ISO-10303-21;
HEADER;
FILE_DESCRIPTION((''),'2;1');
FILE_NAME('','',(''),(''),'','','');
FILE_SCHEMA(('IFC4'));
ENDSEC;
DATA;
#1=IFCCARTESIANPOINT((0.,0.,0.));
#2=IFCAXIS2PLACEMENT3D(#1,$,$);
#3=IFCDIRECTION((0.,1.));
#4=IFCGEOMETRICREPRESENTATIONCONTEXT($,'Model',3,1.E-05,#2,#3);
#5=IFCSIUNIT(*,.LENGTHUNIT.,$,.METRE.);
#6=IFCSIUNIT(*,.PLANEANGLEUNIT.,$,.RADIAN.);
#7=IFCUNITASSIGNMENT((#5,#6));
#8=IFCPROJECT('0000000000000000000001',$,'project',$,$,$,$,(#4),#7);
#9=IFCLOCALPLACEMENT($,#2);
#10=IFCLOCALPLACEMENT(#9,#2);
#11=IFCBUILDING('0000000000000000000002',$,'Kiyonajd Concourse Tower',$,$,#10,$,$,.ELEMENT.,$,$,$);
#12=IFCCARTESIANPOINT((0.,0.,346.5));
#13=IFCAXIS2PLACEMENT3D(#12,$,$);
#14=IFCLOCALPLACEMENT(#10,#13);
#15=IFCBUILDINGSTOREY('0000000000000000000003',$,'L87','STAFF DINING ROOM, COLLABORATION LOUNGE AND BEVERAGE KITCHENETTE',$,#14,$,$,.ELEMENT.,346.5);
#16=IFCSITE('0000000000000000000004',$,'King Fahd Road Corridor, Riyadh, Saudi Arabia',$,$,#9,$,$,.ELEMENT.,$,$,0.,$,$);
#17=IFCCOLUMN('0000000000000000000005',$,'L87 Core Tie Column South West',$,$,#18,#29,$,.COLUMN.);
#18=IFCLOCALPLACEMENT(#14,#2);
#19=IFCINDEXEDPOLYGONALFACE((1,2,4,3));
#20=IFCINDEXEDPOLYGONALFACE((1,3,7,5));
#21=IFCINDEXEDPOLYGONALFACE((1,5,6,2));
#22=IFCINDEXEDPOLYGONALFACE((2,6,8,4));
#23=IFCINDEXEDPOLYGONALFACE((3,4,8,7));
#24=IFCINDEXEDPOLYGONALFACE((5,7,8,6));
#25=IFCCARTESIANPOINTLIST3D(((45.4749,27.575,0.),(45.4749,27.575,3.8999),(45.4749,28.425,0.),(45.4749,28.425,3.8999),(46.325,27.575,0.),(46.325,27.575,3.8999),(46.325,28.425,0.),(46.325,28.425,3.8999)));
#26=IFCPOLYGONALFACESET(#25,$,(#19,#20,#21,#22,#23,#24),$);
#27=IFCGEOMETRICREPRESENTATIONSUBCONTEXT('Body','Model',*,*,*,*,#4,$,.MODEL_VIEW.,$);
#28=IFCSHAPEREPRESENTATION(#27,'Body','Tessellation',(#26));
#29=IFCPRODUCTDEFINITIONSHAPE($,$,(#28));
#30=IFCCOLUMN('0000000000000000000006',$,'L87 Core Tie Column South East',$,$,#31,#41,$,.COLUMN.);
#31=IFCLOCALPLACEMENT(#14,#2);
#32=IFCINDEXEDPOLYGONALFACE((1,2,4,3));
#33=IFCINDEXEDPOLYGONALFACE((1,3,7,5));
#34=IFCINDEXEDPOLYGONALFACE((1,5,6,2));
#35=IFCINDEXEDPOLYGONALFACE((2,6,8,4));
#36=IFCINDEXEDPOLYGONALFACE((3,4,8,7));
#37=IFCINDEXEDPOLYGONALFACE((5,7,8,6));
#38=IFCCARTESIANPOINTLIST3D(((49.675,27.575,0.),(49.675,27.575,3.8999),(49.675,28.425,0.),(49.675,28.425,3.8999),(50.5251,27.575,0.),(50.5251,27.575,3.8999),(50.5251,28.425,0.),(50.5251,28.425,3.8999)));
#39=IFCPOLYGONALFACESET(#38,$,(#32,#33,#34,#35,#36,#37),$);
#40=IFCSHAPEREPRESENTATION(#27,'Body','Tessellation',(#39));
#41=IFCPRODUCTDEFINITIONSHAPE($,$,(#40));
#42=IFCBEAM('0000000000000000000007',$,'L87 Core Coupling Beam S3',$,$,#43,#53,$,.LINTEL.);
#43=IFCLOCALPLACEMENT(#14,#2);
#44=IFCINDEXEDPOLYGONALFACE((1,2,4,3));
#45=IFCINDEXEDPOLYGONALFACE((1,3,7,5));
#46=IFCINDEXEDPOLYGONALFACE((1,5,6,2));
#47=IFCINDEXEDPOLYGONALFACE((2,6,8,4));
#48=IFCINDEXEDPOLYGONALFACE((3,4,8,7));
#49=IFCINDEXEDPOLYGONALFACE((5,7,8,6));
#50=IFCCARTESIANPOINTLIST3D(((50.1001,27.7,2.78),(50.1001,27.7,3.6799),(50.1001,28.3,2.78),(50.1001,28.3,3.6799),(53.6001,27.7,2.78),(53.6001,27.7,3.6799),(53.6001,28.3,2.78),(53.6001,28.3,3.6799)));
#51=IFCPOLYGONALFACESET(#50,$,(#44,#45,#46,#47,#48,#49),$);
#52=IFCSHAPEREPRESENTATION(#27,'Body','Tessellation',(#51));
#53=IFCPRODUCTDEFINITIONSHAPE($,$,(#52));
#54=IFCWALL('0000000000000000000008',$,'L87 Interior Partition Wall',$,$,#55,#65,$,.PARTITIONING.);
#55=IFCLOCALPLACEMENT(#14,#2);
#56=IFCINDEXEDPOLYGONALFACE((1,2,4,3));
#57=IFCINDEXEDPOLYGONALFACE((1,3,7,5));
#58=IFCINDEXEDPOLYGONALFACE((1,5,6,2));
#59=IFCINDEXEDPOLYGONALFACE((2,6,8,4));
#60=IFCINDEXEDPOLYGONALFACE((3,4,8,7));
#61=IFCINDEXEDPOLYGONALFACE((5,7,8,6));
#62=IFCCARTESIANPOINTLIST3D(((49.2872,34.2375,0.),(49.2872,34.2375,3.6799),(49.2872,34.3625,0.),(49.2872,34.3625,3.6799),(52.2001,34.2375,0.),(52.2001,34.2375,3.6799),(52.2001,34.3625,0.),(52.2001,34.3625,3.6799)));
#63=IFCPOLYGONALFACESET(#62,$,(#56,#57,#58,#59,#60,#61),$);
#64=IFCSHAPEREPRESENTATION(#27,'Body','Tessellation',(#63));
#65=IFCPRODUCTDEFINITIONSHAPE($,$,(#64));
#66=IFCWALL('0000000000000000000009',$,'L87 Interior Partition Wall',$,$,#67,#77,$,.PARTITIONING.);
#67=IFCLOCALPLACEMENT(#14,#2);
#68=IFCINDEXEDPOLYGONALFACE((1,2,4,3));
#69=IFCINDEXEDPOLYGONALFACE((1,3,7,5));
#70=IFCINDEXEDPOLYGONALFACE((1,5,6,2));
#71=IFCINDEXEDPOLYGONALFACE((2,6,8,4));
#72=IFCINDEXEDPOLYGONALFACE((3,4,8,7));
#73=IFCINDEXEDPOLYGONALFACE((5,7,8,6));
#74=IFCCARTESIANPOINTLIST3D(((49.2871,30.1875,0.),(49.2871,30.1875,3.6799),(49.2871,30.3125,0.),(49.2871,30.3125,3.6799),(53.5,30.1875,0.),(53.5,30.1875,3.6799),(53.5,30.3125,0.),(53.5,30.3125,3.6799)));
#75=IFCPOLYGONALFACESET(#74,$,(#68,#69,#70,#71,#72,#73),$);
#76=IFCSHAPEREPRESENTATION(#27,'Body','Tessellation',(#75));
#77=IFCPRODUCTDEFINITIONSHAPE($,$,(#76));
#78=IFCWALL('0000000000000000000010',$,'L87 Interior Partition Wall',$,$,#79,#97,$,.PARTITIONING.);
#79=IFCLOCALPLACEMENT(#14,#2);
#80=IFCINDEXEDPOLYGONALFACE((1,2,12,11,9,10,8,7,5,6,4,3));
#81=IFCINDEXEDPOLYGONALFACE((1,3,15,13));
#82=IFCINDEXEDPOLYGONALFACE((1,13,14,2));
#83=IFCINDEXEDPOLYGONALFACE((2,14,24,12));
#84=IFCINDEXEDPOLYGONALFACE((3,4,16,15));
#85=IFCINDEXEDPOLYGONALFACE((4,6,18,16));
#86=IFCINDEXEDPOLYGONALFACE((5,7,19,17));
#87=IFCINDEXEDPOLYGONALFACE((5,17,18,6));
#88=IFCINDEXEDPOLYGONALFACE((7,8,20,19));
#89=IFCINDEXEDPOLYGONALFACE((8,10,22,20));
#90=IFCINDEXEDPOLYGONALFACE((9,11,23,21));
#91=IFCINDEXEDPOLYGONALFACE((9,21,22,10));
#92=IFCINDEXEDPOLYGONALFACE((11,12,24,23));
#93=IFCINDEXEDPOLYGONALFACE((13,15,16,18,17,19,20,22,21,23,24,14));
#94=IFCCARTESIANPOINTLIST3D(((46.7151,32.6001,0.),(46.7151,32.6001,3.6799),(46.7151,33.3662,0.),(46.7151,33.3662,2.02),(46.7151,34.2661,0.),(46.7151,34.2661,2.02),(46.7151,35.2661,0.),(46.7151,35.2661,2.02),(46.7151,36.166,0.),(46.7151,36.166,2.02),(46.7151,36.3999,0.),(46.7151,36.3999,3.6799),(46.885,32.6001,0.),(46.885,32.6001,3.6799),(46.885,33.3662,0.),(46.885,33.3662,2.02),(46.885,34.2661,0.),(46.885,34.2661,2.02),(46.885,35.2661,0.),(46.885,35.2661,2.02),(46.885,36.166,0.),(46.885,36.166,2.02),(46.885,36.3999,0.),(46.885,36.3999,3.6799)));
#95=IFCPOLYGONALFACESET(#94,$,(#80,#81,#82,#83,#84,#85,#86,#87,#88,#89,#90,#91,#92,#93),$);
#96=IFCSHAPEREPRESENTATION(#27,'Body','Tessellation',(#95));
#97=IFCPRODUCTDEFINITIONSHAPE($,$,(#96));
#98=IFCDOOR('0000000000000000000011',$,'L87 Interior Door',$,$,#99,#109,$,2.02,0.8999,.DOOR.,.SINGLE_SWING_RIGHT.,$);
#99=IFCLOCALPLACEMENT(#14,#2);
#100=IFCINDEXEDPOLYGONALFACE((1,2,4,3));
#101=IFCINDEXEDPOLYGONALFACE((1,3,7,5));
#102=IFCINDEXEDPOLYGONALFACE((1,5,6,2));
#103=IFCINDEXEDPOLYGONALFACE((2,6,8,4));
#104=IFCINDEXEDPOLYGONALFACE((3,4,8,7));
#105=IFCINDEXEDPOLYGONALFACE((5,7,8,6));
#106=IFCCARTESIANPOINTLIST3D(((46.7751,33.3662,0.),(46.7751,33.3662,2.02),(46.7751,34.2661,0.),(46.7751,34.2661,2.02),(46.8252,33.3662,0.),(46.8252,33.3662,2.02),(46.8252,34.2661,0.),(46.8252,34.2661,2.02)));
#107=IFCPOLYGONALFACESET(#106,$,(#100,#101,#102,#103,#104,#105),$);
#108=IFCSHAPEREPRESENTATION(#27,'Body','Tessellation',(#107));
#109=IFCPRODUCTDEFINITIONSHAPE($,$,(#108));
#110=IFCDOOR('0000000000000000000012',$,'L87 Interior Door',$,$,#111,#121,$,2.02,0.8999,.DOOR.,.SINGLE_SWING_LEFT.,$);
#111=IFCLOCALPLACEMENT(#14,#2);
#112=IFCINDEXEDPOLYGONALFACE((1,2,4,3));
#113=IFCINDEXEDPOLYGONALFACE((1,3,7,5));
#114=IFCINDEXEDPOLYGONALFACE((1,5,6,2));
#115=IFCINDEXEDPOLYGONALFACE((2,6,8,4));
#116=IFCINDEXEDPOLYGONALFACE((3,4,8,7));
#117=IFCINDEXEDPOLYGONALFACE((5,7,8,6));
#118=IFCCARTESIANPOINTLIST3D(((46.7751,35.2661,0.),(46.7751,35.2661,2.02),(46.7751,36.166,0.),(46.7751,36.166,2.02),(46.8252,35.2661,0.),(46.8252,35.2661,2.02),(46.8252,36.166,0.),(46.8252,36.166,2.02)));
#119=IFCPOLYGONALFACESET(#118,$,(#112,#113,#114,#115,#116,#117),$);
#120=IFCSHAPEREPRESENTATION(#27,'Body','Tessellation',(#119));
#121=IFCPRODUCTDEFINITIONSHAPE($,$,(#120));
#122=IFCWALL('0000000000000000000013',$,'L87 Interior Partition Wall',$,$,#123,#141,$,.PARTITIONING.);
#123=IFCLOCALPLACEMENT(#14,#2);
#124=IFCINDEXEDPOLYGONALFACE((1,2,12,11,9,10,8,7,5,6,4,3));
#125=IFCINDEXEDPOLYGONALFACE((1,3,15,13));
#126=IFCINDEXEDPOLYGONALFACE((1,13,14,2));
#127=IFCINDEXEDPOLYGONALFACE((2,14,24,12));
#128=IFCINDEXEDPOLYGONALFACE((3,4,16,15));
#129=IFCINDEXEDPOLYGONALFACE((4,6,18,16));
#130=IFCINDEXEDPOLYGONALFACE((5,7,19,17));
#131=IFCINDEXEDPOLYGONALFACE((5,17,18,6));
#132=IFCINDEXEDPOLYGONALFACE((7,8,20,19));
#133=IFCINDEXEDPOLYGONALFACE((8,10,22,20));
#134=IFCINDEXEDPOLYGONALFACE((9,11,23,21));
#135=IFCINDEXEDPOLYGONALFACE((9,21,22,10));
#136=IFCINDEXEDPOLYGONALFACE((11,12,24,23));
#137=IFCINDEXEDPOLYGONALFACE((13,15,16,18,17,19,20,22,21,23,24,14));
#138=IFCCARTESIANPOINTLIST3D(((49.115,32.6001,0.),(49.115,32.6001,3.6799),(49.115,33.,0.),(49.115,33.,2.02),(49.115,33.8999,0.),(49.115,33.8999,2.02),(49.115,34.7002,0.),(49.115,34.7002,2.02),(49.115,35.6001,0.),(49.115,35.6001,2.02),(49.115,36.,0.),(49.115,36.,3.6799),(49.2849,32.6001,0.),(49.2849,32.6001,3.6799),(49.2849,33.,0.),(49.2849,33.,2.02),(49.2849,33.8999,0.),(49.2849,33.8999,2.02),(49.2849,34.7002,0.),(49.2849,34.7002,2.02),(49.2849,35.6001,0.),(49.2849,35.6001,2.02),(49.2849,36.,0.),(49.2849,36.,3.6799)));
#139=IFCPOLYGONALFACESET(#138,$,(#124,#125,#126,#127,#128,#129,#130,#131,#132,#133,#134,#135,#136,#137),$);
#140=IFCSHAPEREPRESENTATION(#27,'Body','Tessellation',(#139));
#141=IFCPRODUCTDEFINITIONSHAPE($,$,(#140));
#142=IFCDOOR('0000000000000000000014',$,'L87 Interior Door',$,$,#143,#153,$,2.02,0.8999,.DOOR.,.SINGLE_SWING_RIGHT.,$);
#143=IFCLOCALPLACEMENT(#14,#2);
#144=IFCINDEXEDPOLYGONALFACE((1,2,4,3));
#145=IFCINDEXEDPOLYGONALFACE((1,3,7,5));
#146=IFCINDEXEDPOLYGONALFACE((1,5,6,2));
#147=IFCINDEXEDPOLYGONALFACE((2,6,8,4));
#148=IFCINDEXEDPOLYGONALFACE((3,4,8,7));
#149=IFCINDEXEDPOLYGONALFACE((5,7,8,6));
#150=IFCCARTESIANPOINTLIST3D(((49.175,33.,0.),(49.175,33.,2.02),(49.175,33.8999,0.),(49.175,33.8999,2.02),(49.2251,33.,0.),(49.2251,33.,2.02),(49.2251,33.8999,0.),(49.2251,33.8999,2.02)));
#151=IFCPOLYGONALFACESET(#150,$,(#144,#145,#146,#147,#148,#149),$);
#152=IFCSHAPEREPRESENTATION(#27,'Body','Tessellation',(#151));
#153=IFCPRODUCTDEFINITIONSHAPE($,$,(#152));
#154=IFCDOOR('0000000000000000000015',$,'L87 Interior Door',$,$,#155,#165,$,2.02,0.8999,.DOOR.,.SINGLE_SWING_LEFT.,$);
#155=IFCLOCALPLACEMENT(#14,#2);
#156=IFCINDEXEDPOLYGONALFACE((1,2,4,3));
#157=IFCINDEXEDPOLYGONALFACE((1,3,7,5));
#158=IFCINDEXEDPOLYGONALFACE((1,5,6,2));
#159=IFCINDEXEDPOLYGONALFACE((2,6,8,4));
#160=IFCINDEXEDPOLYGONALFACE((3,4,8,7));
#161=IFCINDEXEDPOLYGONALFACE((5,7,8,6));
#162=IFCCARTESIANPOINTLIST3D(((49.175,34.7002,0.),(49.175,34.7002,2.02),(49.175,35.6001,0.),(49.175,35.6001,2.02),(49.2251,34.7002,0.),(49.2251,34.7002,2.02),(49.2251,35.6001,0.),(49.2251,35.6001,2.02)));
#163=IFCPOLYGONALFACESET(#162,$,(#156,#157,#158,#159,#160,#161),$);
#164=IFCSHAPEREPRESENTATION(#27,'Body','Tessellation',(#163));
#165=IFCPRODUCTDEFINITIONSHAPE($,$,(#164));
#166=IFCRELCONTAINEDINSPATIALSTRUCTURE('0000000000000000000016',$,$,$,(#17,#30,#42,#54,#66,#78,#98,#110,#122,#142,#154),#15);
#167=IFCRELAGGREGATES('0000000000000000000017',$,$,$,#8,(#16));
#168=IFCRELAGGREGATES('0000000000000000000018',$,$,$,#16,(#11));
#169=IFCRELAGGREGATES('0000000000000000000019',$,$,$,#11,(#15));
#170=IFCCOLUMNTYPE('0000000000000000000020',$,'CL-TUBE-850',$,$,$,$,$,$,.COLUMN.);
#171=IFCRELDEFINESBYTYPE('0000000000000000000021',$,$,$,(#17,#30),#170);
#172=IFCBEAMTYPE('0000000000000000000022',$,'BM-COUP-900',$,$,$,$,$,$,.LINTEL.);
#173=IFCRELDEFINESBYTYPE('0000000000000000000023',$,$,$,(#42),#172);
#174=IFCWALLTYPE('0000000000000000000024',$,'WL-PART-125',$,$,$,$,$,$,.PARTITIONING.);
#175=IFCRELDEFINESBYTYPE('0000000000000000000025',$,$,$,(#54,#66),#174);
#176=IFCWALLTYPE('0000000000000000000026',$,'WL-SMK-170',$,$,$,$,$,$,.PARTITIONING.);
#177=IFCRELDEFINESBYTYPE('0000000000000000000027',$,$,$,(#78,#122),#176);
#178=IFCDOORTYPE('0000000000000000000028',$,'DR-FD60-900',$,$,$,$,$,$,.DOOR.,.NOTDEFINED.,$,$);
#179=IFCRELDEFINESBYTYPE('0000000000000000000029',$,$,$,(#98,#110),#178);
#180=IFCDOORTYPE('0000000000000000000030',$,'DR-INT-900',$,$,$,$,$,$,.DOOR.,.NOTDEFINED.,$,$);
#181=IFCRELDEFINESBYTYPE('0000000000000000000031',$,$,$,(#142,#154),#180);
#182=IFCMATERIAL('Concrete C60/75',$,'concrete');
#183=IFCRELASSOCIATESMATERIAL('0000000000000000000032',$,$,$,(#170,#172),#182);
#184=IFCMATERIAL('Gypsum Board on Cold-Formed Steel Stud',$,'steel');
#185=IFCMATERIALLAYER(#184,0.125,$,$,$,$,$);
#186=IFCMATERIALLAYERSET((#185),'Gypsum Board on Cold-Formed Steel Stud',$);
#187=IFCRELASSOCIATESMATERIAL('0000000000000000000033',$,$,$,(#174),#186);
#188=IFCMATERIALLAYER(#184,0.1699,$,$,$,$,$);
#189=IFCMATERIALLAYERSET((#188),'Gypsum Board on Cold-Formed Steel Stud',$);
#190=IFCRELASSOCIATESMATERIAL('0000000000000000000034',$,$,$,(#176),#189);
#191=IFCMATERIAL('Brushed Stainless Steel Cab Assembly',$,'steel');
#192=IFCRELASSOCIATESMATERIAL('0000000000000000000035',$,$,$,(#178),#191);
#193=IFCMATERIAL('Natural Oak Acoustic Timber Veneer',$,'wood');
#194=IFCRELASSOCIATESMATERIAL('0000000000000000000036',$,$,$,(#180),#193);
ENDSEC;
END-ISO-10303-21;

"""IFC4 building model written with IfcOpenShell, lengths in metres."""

from ifc_helpers import new_model, si_unit, direction, frame, frame_2d, origin, origin_2d, place, context, subcontext, project, spatial, rectangle, extrude, material, layer, layer_set, material_profile, profile_set, type_object, element, fill, save


model = new_model("IFC4")

# Units and contexts
model_context = context("Model", 3, precision=1e-05, world=origin(), true_north=direction((0.0, 1.0)))
body_context = subcontext(model_context, "Body", "Model", "MODEL_VIEW")
ifc_project = project(units=[si_unit("LENGTHUNIT", "METRE"), si_unit("PLANEANGLEUNIT", "RADIAN")], contexts=[model_context])

# Site, building, storey
site_placement = place(None, origin())
site = spatial("IfcSite", under=ifc_project, at=site_placement, Name="King Fahd Road Corridor, Riyadh, Saudi Arabia", CompositionType="ELEMENT", RefElevation=0.0)
building_placement = place(site_placement, origin())
building = spatial("IfcBuilding", under=site, at=building_placement, Name="Kiyonajd Concourse Tower", CompositionType="ELEMENT")
storey_placement = place(building_placement, frame((0.0, 0.0, 346.5)))
storey = spatial("IfcBuildingStorey", under=building, at=storey_placement, Name="L87", Description="STAFF DINING ROOM, COLLABORATION LOUNGE AND BEVERAGE KITCHENETTE", CompositionType="ELEMENT", Elevation=346.5)

# Columns
ifc_material_1 = material(Name="Concrete C60/75", Category="concrete")
ifc_material_profile_1 = material_profile(ifc_material_1, rectangle(XDim=0.8501, YDim=0.8501, at=origin_2d()), Name="RC-850x850")
ifc_profile_set_1 = profile_set([ifc_material_profile_1], Name="Concrete C60/75")
column_type = type_object("IfcColumnType", Name="CL-TUBE-850", PredefinedType="COLUMN", material=ifc_profile_set_1)
for number, where, z_axis, x_axis, name in (
    (1, (45.8999, 28.0, 0.0), (0.0, 0.0, 1.0), (1.0, 0.0, 0.0), "L87 Core Tie Column South West"),
    (2, (50.1001, 28.0, 0.0), (0.0, 0.0, 1.0), (1.0, 0.0, 0.0), "L87 Core Tie Column South East"),
):
    element("IfcColumn", number, at=place(storey_placement, frame(where, z_axis=z_axis, x_axis=x_axis)), inside=storey, type_object=column_type, Name=name, PredefinedType="COLUMN", context=body_context, shape_type="SweptSolid", body=[
        extrude(rectangle(XDim=0.8501, YDim=0.8501, at=origin_2d()), origin(), (0.0, 0.0, 1.0), 3.8999),
    ])

# Beam
ifc_material_profile_2 = material_profile(ifc_material_1, rectangle(XDim=0.6001, YDim=0.8999, at=origin_2d()), Name="RCBM-600x900")
ifc_profile_set_2 = profile_set([ifc_material_profile_2], Name="Concrete C60/75")
beam_type = type_object("IfcBeamType", Name="BM-COUP-900", PredefinedType="LINTEL", material=ifc_profile_set_2)
beam_placement = place(storey_placement, frame((50.1001, 28.0, 3.23), z_axis=(1.0, 0.0, 0.0), x_axis=(0.0, 1.0, 0.0)))
element("IfcBeam", 3, at=beam_placement, inside=storey, type_object=beam_type, Name="L87 Core Coupling Beam S3", PredefinedType="LINTEL", context=body_context, shape_type="SweptSolid", body=[
    extrude(rectangle(XDim=0.6001, YDim=0.8999, at=origin_2d()), origin(), (0.0, 0.0, 1.0), 3.5),
])

# Walls
ifc_material_2 = material(Name="Gypsum Board on Cold-Formed Steel Stud", Category="steel")
ifc_layer_1 = layer(ifc_material_2, 0.125)
ifc_layer_set_1 = layer_set([ifc_layer_1], Name="Gypsum Board on Cold-Formed Steel Stud")
wall_type_1 = type_object("IfcWallType", Name="WL-PART-125", PredefinedType="PARTITIONING", material=ifc_layer_set_1)
wall_1_placement = place(storey_placement, frame((49.2871, 34.3, 0.0), z_axis=(0.0, 0.0, 1.0), x_axis=(1.0, 0.0, 0.0)))
element("IfcWall", 4, at=wall_1_placement, inside=storey, type_object=wall_type_1, Name="L87 Interior Partition Wall", PredefinedType="PARTITIONING", context=body_context, shape_type="SweptSolid", body=[
    extrude(rectangle(XDim=2.9128, YDim=0.125, at=frame_2d((1.4565, 0.0))), origin(), (0.0, 0.0, 1.0), 3.6799),
])
wall_2_placement = place(storey_placement, frame((49.2871, 30.25, 0.0), z_axis=(0.0, 0.0, 1.0), x_axis=(1.0, 0.0, 0.0)))
element("IfcWall", 5, at=wall_2_placement, inside=storey, type_object=wall_type_1, Name="L87 Interior Partition Wall", PredefinedType="PARTITIONING", context=body_context, shape_type="SweptSolid", body=[
    extrude(rectangle(XDim=4.2129, YDim=0.125, at=frame_2d((2.1064, 0.0))), origin(), (0.0, 0.0, 1.0), 3.6799),
])

# Walls, openings, doors
ifc_layer_2 = layer(ifc_material_2, 0.1699)
ifc_layer_set_2 = layer_set([ifc_layer_2], Name="Gypsum Board on Cold-Formed Steel Stud")
wall_type_2 = type_object("IfcWallType", Name="WL-SMK-170", PredefinedType="PARTITIONING", material=ifc_layer_set_2)
wall_3_placement = place(storey_placement, frame((46.8, 32.6001, 0.0), z_axis=(0.0, 0.0, 1.0), x_axis=(0.0, 1.0, 0.0)))
wall_3 = element("IfcWall", 6, at=wall_3_placement, inside=storey, type_object=wall_type_2, Name="L87 Interior Partition Wall", PredefinedType="PARTITIONING", context=body_context, shape_type="SweptSolid", body=[
    extrude(rectangle(XDim=3.7998, YDim=0.1699, at=frame_2d((1.8999, 0.0))), origin(), (0.0, 0.0, 1.0), 3.6799),
])
opening_1_placement = place(wall_3_placement, frame((0.7661, 0.0, 0.0)))
opening_1 = element("IfcOpeningElement", 7, at=opening_1_placement, cuts=wall_3, PredefinedType="OPENING", context=body_context, shape_type="SweptSolid", body=[
    extrude(rectangle(XDim=0.8999, YDim=2.02, at=frame_2d((0.45, 1.01))), frame((0.0, 0.095, 0.0), z_axis=(0.0, -1.0, 0.0), x_axis=(1.0, 0.0, 0.0)), (0.0, 0.0, 1.0), 0.1899),
])
opening_2_placement = place(wall_3_placement, frame((2.666, 0.0, 0.0)))
opening_2 = element("IfcOpeningElement", 8, at=opening_2_placement, cuts=wall_3, PredefinedType="OPENING", context=body_context, shape_type="SweptSolid", body=[
    extrude(rectangle(XDim=0.8999, YDim=2.02, at=frame_2d((0.45, 1.01))), frame((0.0, 0.095, 0.0), z_axis=(0.0, -1.0, 0.0), x_axis=(1.0, 0.0, 0.0)), (0.0, 0.0, 1.0), 0.1899),
])
ifc_material_3 = material(Name="Brushed Stainless Steel Cab Assembly", Category="steel")
door_type_1 = type_object("IfcDoorType", Name="DR-FD60-900", OperationType="NOTDEFINED", PredefinedType="DOOR", material=ifc_material_3)
door_1_placement = place(opening_1_placement, origin())
door_1 = element("IfcDoor", 9, at=door_1_placement, inside=storey, type_object=door_type_1, Name="L87 Interior Door", OperationType="SINGLE_SWING_RIGHT", OverallHeight=2.02, OverallWidth=0.8999, PredefinedType="DOOR", context=body_context, shape_type="SweptSolid", body=[
    extrude(rectangle(XDim=0.8999, YDim=2.02, at=frame_2d((0.45, 1.01))), frame((0.0, 0.0249, 0.0), z_axis=(0.0, -1.0, 0.0), x_axis=(1.0, 0.0, 0.0)), (0.0, 0.0, 1.0), 0.05),
])
fill(opening_1, door_1)
door_2_placement = place(opening_2_placement, origin())
door_2 = element("IfcDoor", 10, at=door_2_placement, inside=storey, type_object=door_type_1, Name="L87 Interior Door", OperationType="SINGLE_SWING_LEFT", OverallHeight=2.02, OverallWidth=0.8999, PredefinedType="DOOR", context=body_context, shape_type="SweptSolid", body=[
    extrude(rectangle(XDim=0.8999, YDim=2.02, at=frame_2d((0.45, 1.01))), frame((0.0, 0.0249, 0.0), z_axis=(0.0, -1.0, 0.0), x_axis=(1.0, 0.0, 0.0)), (0.0, 0.0, 1.0), 0.05),
])
fill(opening_2, door_2)
wall_4_placement = place(storey_placement, frame((49.2, 32.6001, 0.0), z_axis=(0.0, 0.0, 1.0), x_axis=(0.0, 1.0, 0.0)))
wall_4 = element("IfcWall", 11, at=wall_4_placement, inside=storey, type_object=wall_type_2, Name="L87 Interior Partition Wall", PredefinedType="PARTITIONING", context=body_context, shape_type="SweptSolid", body=[
    extrude(rectangle(XDim=3.3999, YDim=0.1699, at=frame_2d((1.7, 0.0))), origin(), (0.0, 0.0, 1.0), 3.6799),
])
opening_3_placement = place(wall_4_placement, frame((0.3999, 0.0, 0.0)))
opening_3 = element("IfcOpeningElement", 12, at=opening_3_placement, cuts=wall_4, PredefinedType="OPENING", context=body_context, shape_type="SweptSolid", body=[
    extrude(rectangle(XDim=0.8999, YDim=2.02, at=frame_2d((0.45, 1.01))), frame((0.0, 0.095, 0.0), z_axis=(0.0, -1.0, 0.0), x_axis=(1.0, 0.0, 0.0)), (0.0, 0.0, 1.0), 0.1899),
])
opening_4_placement = place(wall_4_placement, frame((2.1001, 0.0, 0.0)))
opening_4 = element("IfcOpeningElement", 13, at=opening_4_placement, cuts=wall_4, PredefinedType="OPENING", context=body_context, shape_type="SweptSolid", body=[
    extrude(rectangle(XDim=0.8999, YDim=2.02, at=frame_2d((0.45, 1.01))), frame((0.0, 0.095, 0.0), z_axis=(0.0, -1.0, 0.0), x_axis=(1.0, 0.0, 0.0)), (0.0, 0.0, 1.0), 0.1899),
])
ifc_material_4 = material(Name="Natural Oak Acoustic Timber Veneer", Category="wood")
door_type_2 = type_object("IfcDoorType", Name="DR-INT-900", OperationType="NOTDEFINED", PredefinedType="DOOR", material=ifc_material_4)
door_3_placement = place(opening_3_placement, origin())
door_3 = element("IfcDoor", 14, at=door_3_placement, inside=storey, type_object=door_type_2, Name="L87 Interior Door", OperationType="SINGLE_SWING_RIGHT", OverallHeight=2.02, OverallWidth=0.8999, PredefinedType="DOOR", context=body_context, shape_type="SweptSolid", body=[
    extrude(rectangle(XDim=0.8999, YDim=2.02, at=frame_2d((0.45, 1.01))), frame((0.0, 0.0249, 0.0), z_axis=(0.0, -1.0, 0.0), x_axis=(1.0, 0.0, 0.0)), (0.0, 0.0, 1.0), 0.05),
])
fill(opening_3, door_3)
door_4_placement = place(opening_4_placement, origin())
door_4 = element("IfcDoor", 15, at=door_4_placement, inside=storey, type_object=door_type_2, Name="L87 Interior Door", OperationType="SINGLE_SWING_LEFT", OverallHeight=2.02, OverallWidth=0.8999, PredefinedType="DOOR", context=body_context, shape_type="SweptSolid", body=[
    extrude(rectangle(XDim=0.8999, YDim=2.02, at=frame_2d((0.45, 1.01))), frame((0.0, 0.0249, 0.0), z_axis=(0.0, -1.0, 0.0), x_axis=(1.0, 0.0, 0.0)), (0.0, 0.0, 1.0), 0.05),
])
fill(opening_4, door_4)

save(model, "model.ifc")
